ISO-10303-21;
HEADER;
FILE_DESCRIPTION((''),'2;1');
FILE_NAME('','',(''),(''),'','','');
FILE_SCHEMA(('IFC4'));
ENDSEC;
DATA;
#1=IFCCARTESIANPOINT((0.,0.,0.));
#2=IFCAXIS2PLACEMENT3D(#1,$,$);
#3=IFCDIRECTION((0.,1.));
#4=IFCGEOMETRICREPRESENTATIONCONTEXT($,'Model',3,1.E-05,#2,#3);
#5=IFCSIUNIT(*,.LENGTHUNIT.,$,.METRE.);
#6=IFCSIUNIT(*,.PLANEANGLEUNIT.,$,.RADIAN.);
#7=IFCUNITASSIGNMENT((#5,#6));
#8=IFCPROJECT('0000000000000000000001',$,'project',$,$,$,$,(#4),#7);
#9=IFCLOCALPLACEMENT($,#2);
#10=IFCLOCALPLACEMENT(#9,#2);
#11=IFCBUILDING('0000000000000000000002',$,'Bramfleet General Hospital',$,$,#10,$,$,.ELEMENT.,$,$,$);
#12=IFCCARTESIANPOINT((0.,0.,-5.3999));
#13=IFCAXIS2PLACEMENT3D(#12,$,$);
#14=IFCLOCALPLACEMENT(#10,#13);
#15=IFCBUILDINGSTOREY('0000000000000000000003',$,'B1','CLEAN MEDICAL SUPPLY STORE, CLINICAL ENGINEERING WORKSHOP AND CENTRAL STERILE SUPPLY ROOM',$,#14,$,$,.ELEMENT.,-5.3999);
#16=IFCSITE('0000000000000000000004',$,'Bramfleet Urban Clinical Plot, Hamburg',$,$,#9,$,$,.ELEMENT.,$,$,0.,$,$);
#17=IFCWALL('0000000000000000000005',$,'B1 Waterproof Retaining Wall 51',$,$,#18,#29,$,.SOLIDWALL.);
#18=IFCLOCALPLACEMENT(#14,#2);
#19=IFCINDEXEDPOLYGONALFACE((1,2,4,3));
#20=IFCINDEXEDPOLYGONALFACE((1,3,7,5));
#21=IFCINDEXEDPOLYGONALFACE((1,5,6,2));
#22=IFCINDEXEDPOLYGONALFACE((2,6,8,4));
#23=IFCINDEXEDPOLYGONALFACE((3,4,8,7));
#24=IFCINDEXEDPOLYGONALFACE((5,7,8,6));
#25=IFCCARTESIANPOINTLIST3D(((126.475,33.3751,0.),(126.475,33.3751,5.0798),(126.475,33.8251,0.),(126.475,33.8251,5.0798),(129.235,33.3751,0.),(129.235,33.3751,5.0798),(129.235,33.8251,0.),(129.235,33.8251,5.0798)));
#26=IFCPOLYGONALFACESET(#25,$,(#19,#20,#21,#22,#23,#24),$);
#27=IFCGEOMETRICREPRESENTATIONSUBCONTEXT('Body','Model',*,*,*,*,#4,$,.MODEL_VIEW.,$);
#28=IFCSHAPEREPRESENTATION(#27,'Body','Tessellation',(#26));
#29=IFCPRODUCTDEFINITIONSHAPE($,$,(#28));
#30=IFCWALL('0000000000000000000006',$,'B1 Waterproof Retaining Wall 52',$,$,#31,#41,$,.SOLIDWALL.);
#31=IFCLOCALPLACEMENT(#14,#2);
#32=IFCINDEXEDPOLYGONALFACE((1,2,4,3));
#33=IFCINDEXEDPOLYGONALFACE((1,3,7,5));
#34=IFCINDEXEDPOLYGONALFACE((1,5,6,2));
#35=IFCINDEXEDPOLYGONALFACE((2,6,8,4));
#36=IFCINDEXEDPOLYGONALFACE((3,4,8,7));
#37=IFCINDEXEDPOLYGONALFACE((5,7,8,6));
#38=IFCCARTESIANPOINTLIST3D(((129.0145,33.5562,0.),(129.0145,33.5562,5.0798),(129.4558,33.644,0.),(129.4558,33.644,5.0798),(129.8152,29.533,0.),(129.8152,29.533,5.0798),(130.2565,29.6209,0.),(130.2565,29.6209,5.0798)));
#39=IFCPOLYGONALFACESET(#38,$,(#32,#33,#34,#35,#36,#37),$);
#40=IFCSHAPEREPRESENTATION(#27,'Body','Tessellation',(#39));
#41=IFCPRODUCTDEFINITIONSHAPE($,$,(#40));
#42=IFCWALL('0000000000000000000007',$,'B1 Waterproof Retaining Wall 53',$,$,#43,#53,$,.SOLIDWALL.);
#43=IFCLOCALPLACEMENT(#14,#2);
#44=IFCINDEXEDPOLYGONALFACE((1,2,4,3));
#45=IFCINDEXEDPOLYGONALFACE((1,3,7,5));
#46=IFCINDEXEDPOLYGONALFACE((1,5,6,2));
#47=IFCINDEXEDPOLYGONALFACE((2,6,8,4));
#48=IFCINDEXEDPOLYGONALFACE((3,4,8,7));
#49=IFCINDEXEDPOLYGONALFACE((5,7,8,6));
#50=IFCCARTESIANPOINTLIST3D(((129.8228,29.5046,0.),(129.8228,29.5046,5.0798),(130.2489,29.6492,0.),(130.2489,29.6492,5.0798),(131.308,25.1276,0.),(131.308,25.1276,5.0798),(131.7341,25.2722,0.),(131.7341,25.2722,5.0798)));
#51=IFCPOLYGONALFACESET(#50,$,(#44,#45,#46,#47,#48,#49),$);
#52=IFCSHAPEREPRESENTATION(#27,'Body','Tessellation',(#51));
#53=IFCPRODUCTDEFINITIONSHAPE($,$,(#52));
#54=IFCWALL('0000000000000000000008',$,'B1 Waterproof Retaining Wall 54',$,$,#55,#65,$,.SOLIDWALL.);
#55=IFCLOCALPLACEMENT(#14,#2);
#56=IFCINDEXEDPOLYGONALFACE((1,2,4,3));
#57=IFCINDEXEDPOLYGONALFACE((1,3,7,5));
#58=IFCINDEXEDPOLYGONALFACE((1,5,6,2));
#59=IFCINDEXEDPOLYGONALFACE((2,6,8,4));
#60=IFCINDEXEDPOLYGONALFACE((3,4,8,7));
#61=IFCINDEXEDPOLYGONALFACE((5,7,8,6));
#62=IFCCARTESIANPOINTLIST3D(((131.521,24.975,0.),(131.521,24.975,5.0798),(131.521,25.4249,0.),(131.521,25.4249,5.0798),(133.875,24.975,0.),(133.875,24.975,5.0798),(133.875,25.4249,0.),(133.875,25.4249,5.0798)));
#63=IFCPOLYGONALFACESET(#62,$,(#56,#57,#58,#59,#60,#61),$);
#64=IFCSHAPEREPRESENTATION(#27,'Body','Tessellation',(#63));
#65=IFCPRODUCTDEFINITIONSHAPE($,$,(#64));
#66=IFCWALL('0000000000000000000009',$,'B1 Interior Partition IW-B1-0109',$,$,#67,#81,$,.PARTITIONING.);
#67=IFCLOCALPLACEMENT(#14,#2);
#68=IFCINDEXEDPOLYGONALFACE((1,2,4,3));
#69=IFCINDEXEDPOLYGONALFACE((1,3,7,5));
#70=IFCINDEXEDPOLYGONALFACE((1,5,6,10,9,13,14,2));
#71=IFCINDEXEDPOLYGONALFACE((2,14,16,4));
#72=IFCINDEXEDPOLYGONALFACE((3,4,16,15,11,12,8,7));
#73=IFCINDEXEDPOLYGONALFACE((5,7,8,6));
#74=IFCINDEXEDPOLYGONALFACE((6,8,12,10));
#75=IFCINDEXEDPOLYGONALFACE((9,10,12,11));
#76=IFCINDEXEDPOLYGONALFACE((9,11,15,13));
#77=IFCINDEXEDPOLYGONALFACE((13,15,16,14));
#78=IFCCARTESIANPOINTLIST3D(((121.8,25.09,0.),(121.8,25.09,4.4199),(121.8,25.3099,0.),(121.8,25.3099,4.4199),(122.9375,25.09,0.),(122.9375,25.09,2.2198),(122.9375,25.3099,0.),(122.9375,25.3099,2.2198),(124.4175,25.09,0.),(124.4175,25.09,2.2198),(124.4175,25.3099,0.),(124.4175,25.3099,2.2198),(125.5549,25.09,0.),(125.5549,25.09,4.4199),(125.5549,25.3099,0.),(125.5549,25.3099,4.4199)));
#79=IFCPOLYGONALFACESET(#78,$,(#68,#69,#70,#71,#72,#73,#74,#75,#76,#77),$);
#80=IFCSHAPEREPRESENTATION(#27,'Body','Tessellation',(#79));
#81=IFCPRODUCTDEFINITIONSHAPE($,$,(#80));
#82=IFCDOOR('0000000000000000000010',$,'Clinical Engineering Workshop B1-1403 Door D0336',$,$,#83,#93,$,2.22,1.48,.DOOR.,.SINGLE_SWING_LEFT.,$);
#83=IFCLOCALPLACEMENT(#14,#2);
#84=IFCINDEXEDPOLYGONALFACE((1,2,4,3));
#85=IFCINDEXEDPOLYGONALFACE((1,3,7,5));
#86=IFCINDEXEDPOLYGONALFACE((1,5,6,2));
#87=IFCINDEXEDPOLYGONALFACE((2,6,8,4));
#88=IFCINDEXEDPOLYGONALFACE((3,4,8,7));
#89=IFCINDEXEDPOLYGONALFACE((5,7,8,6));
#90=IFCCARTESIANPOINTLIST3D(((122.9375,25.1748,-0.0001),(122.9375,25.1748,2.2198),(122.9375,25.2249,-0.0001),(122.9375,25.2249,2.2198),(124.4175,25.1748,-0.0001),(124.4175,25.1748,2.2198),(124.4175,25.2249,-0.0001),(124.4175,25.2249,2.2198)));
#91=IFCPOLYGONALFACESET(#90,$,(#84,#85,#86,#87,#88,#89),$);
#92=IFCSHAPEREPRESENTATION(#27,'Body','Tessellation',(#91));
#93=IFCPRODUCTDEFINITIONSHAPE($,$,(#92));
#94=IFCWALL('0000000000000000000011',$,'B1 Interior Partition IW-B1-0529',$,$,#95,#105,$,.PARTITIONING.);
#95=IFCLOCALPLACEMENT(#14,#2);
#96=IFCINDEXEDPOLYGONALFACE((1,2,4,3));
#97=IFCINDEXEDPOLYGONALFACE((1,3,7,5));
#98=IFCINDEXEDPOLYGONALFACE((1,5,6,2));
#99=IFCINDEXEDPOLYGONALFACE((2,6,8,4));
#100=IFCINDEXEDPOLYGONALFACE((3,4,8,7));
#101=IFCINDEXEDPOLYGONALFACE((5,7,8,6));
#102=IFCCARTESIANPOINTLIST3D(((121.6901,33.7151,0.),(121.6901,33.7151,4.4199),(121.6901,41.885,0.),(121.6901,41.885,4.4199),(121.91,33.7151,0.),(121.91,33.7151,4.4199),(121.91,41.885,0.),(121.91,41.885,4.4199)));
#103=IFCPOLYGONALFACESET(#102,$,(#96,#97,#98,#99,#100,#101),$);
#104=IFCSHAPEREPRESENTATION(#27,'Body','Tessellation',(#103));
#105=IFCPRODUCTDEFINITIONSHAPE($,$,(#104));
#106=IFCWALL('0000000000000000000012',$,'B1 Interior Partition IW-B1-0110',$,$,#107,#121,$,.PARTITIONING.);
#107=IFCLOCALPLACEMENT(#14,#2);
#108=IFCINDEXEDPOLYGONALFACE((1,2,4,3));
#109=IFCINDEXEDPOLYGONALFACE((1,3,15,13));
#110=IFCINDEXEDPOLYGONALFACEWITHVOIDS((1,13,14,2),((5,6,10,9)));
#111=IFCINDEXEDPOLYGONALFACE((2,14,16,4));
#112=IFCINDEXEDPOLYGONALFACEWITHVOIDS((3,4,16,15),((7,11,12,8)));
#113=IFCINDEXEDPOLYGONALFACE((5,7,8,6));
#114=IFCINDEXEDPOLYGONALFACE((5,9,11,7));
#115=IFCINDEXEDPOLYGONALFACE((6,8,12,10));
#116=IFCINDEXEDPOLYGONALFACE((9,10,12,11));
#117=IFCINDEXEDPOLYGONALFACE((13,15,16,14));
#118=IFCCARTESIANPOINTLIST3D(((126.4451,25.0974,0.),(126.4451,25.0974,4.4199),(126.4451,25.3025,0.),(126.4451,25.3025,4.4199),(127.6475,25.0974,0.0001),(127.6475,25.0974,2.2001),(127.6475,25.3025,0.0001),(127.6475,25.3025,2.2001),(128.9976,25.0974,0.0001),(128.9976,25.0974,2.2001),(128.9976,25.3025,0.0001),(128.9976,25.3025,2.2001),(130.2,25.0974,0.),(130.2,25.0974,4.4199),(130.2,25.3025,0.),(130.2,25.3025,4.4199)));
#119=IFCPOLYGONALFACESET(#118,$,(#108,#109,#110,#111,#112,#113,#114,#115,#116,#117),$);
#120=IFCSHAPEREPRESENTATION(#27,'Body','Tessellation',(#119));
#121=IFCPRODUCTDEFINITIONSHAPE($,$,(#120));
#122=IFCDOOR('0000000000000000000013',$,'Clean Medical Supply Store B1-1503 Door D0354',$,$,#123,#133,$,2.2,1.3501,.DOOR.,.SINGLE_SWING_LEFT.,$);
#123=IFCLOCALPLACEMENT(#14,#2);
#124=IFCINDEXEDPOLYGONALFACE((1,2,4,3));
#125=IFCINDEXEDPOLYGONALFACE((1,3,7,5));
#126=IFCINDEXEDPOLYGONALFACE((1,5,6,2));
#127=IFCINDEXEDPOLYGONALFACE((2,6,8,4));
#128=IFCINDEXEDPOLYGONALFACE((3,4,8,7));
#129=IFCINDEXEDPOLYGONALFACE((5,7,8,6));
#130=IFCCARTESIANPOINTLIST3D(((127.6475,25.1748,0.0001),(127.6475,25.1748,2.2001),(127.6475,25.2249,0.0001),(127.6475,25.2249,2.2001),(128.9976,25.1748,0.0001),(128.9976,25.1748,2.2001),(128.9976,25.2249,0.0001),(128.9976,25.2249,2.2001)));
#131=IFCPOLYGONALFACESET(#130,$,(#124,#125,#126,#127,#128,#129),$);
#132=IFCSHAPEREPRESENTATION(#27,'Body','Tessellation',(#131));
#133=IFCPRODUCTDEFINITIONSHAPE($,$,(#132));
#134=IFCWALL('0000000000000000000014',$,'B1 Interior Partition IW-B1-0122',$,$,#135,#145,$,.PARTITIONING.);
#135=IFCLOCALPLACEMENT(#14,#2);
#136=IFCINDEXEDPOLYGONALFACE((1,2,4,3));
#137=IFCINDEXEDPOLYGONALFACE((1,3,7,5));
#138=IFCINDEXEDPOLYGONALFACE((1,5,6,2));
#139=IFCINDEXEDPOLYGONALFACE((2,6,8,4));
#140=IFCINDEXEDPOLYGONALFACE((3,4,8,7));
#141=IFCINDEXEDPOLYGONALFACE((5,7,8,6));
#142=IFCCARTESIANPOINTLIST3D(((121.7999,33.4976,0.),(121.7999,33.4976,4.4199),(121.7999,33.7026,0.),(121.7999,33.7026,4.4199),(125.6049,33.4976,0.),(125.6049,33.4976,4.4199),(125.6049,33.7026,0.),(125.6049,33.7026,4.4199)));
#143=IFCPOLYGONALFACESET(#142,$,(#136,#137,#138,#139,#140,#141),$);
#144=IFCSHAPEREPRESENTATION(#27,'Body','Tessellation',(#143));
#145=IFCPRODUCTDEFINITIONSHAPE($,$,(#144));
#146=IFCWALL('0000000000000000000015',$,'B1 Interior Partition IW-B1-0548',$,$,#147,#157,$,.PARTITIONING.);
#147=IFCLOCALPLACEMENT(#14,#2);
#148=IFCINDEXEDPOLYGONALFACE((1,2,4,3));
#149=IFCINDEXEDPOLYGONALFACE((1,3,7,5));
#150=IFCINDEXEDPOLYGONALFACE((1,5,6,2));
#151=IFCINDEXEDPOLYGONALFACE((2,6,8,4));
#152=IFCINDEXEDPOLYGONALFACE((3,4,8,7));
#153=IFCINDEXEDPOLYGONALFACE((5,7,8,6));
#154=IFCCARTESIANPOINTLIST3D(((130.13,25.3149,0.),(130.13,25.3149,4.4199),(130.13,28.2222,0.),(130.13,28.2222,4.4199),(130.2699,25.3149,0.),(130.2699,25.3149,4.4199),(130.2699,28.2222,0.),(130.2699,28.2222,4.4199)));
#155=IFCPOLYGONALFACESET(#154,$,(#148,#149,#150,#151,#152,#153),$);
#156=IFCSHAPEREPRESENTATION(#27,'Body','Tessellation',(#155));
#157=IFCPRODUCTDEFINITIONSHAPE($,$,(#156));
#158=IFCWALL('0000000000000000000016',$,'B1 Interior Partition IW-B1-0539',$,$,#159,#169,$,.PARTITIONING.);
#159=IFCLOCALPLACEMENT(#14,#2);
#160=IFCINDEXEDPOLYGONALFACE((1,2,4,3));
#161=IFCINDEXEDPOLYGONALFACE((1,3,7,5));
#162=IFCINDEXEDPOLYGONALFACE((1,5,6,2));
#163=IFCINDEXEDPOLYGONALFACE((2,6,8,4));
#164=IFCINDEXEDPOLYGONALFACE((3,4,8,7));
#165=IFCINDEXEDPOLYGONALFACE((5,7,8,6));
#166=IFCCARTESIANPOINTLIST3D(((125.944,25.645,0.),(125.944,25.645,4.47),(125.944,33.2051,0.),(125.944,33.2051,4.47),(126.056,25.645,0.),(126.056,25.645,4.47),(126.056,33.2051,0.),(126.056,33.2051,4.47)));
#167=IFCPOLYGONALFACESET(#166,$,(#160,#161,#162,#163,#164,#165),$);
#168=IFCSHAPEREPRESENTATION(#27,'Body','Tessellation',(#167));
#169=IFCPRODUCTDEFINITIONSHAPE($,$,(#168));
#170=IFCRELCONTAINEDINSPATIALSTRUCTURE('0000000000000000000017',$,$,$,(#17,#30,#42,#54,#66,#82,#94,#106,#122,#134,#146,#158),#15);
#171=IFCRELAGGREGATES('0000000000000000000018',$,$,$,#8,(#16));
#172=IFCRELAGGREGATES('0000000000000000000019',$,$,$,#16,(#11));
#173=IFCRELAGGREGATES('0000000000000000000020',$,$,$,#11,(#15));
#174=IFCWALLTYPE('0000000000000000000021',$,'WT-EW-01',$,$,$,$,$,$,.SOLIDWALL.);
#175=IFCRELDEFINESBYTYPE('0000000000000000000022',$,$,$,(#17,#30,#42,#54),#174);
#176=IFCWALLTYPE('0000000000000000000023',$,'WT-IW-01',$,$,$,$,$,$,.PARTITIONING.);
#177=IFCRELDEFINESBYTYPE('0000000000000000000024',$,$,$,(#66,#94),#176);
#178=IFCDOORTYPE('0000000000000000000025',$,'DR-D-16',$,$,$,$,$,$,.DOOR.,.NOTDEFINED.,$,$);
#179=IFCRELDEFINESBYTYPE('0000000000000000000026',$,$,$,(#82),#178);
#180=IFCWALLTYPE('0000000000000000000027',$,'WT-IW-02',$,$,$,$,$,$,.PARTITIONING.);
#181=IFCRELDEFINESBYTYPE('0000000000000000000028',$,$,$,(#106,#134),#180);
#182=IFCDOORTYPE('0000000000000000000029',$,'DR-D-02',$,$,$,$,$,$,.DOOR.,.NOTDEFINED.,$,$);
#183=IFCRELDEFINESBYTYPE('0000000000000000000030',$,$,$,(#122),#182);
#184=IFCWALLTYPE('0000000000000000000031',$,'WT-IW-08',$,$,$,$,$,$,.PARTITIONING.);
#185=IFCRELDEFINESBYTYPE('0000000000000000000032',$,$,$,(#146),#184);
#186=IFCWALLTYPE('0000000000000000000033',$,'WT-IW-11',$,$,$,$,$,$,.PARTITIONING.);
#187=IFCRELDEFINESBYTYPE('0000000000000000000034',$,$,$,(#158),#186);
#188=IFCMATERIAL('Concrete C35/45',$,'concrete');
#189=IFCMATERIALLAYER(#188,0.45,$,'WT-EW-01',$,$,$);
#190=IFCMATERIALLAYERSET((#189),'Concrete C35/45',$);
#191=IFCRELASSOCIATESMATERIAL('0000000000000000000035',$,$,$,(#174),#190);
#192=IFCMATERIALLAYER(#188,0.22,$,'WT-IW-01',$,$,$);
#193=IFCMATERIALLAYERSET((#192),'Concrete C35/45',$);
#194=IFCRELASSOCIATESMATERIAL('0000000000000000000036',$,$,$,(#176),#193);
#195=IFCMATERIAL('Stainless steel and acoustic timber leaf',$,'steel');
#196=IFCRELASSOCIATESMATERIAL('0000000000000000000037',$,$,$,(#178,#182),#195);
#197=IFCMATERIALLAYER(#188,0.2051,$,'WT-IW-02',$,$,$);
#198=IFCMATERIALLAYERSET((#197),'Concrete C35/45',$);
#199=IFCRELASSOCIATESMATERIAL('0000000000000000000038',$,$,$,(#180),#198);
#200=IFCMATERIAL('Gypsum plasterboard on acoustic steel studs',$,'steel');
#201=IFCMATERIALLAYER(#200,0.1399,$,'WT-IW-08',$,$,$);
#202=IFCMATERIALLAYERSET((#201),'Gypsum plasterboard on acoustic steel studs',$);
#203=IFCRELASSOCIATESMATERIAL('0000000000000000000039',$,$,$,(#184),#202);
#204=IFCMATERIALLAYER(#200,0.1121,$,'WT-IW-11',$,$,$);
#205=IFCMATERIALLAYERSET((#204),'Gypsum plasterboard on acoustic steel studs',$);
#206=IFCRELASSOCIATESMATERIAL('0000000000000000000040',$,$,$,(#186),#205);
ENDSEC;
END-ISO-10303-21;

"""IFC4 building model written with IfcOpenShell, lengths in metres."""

from ifc_helpers import new_model, si_unit, direction, frame, frame_2d, origin, place, context, subcontext, project, spatial, rectangle, extrude, material, layer, layer_set, type_object, element, fill, save


model = new_model("IFC4")

# Units and contexts
model_context = context("Model", 3, precision=1e-05, world=origin(), true_north=direction((0.0, 1.0)))
body_context = subcontext(model_context, "Body", "Model", "MODEL_VIEW")
ifc_project = project(units=[si_unit("LENGTHUNIT", "METRE"), si_unit("PLANEANGLEUNIT", "RADIAN")], contexts=[model_context])

# Site, building, storey
site_placement = place(None, origin())
site = spatial("IfcSite", under=ifc_project, at=site_placement, Name="Bramfleet Urban Clinical Plot, Hamburg", CompositionType="ELEMENT", RefElevation=0.0)
building_placement = place(site_placement, origin())
building = spatial("IfcBuilding", under=site, at=building_placement, Name="Bramfleet General Hospital", CompositionType="ELEMENT")
storey_placement = place(building_placement, frame((0.0, 0.0, -5.3999)))
storey = spatial("IfcBuildingStorey", under=building, at=storey_placement, Name="B1", Description="CLEAN MEDICAL SUPPLY STORE, CLINICAL ENGINEERING WORKSHOP AND CENTRAL STERILE SUPPLY ROOM", CompositionType="ELEMENT", Elevation=-5.3999)

# Shared definitions
ifc_material_1 = material(Name="Concrete C35/45", Category="concrete")

# Walls
ifc_layer_1 = layer(ifc_material_1, 0.45, Name="WT-EW-01")
ifc_layer_set_1 = layer_set([ifc_layer_1], Name="Concrete C35/45")
wall_type_1 = type_object("IfcWallType", Name="WT-EW-01", PredefinedType="SOLIDWALL", material=ifc_layer_set_1)
wall_1_placement = place(storey_placement, frame((126.4751, 33.6001, 0.0), z_axis=(0.0, 0.0, 1.0), x_axis=(1.0, 0.0, 0.0)))
element("IfcWall", 1, at=wall_1_placement, inside=storey, type_object=wall_type_1, Name="B1 Waterproof Retaining Wall 51", PredefinedType="SOLIDWALL", context=body_context, shape_type="SweptSolid", body=[
    extrude(rectangle(XDim=2.76, YDim=0.45, at=frame_2d((1.3799, 0.0))), origin(), (0.0, 0.0, 1.0), 5.0798),
])
wall_2_placement = place(storey_placement, frame((129.2351, 33.6001, 0.0), z_axis=(0.0, 0.0, 1.0), x_axis=(0.195212, -0.980761, 0.0)))
element("IfcWall", 2, at=wall_2_placement, inside=storey, type_object=wall_type_1, Name="B1 Waterproof Retaining Wall 52", PredefinedType="SOLIDWALL", context=body_context, shape_type="SweptSolid", body=[
    extrude(rectangle(XDim=4.1021, YDim=0.45, at=frame_2d((2.051, 0.0))), origin(), (0.0, 0.0, 1.0), 5.0798),
])
wall_3_placement = place(storey_placement, frame((130.0359, 29.5769, 0.0), z_axis=(0.0, 0.0, 1.0), x_axis=(0.32131, -0.946974, 0.0)))
element("IfcWall", 3, at=wall_3_placement, inside=storey, type_object=wall_type_1, Name="B1 Waterproof Retaining Wall 53", PredefinedType="SOLIDWALL", context=body_context, shape_type="SweptSolid", body=[
    extrude(rectangle(XDim=4.6221, YDim=0.45, at=frame_2d((2.311, 0.0))), origin(), (0.0, 0.0, 1.0), 5.0798),
])
wall_4_placement = place(storey_placement, frame((131.521, 25.2, 0.0), z_axis=(0.0, 0.0, 1.0), x_axis=(1.0, 0.0, 0.0)))
element("IfcWall", 4, at=wall_4_placement, inside=storey, type_object=wall_type_1, Name="B1 Waterproof Retaining Wall 54", PredefinedType="SOLIDWALL", context=body_context, shape_type="SweptSolid", body=[
    extrude(rectangle(XDim=2.354, YDim=0.45, at=frame_2d((1.177, 0.0))), origin(), (0.0, 0.0, 1.0), 5.0798),
])

# Wall, opening, door
ifc_layer_2 = layer(ifc_material_1, 0.22, Name="WT-IW-01")
ifc_layer_set_2 = layer_set([ifc_layer_2], Name="Concrete C35/45")
wall_type_2 = type_object("IfcWallType", Name="WT-IW-01", PredefinedType="PARTITIONING", material=ifc_layer_set_2)
wall_5_placement = place(storey_placement, frame((121.8, 25.2, 0.0), z_axis=(0.0, 0.0, 1.0), x_axis=(1.0, 0.0, 0.0)))
wall_5 = element("IfcWall", 5, at=wall_5_placement, inside=storey, type_object=wall_type_2, Name="B1 Interior Partition IW-B1-0109", PredefinedType="PARTITIONING", context=body_context, shape_type="SweptSolid", body=[
    extrude(rectangle(XDim=3.7549, YDim=0.22, at=frame_2d((1.8774, 0.0))), origin(), (0.0, 0.0, 1.0), 4.4199),
])
opening_1_placement = place(wall_5_placement, frame((1.1375, 0.0, 0.0)))
opening_1 = element("IfcOpeningElement", 6, at=opening_1_placement, cuts=wall_5, PredefinedType="OPENING", context=body_context, shape_type="SweptSolid", body=[
    extrude(rectangle(XDim=1.48, YDim=2.22, at=frame_2d((0.74, 1.1099))), frame((0.0, 0.1199, 0.0), z_axis=(0.0, -1.0, 0.0), x_axis=(1.0, 0.0, 0.0)), (0.0, 0.0, 1.0), 0.24),
])
ifc_material_2 = material(Name="Stainless steel and acoustic timber leaf", Category="steel")
door_type_1 = type_object("IfcDoorType", Name="DR-D-16", OperationType="NOTDEFINED", PredefinedType="DOOR", material=ifc_material_2)
door_1_placement = place(opening_1_placement, origin())
door_1 = element("IfcDoor", 7, at=door_1_placement, inside=storey, type_object=door_type_1, Name="Clinical Engineering Workshop B1-1403 Door D0336", OperationType="SINGLE_SWING_LEFT", OverallHeight=2.22, OverallWidth=1.48, PredefinedType="DOOR", context=body_context, shape_type="SweptSolid", body=[
    extrude(rectangle(XDim=1.48, YDim=2.22, at=frame_2d((0.74, 1.1099))), frame((0.0, 0.0249, 0.0), z_axis=(0.0, -1.0, 0.0), x_axis=(1.0, 0.0, 0.0)), (0.0, 0.0, 1.0), 0.05),
])
fill(opening_1, door_1)

# Wall
wall_6_placement = place(storey_placement, frame((121.8, 33.7151, 0.0), z_axis=(0.0, 0.0, 1.0), x_axis=(0.0, 1.0, 0.0)))
element("IfcWall", 8, at=wall_6_placement, inside=storey, type_object=wall_type_2, Name="B1 Interior Partition IW-B1-0529", PredefinedType="PARTITIONING", context=body_context, shape_type="SweptSolid", body=[
    extrude(rectangle(XDim=8.1699, YDim=0.22, at=frame_2d((4.085, 0.0))), origin(), (0.0, 0.0, 1.0), 4.4199),
])

# Wall, opening, door
ifc_layer_3 = layer(ifc_material_1, 0.2051, Name="WT-IW-02")
ifc_layer_set_3 = layer_set([ifc_layer_3], Name="Concrete C35/45")
wall_type_3 = type_object("IfcWallType", Name="WT-IW-02", PredefinedType="PARTITIONING", material=ifc_layer_set_3)
wall_7_placement = place(storey_placement, frame((126.4451, 25.2, 0.0), z_axis=(0.0, 0.0, 1.0), x_axis=(1.0, 0.0, 0.0)))
wall_7 = element("IfcWall", 9, at=wall_7_placement, inside=storey, type_object=wall_type_3, Name="B1 Interior Partition IW-B1-0110", PredefinedType="PARTITIONING", context=body_context, shape_type="SweptSolid", body=[
    extrude(rectangle(XDim=3.7549, YDim=0.2051, at=frame_2d((1.8774, 0.0))), origin(), (0.0, 0.0, 1.0), 4.4199),
])
opening_2_placement = place(wall_7_placement, frame((1.2024, 0.0, 0.0)))
opening_2 = element("IfcOpeningElement", 10, at=opening_2_placement, cuts=wall_7, PredefinedType="OPENING", context=body_context, shape_type="SweptSolid", body=[
    extrude(rectangle(XDim=1.3501, YDim=2.2, at=frame_2d((0.675, 1.1001))), frame((0.0, 0.1125, 0.0), z_axis=(0.0, -1.0, 0.0), x_axis=(1.0, 0.0, 0.0)), (0.0, 0.0, 1.0), 0.2251),
])
door_type_2 = type_object("IfcDoorType", Name="DR-D-02", OperationType="NOTDEFINED", PredefinedType="DOOR", material=ifc_material_2)
door_2_placement = place(opening_2_placement, origin())
door_2 = element("IfcDoor", 11, at=door_2_placement, inside=storey, type_object=door_type_2, Name="Clean Medical Supply Store B1-1503 Door D0354", OperationType="SINGLE_SWING_LEFT", OverallHeight=2.2, OverallWidth=1.3501, PredefinedType="DOOR", context=body_context, shape_type="SweptSolid", body=[
    extrude(rectangle(XDim=1.3501, YDim=2.2, at=frame_2d((0.675, 1.1001))), frame((0.0, 0.0249, 0.0), z_axis=(0.0, -1.0, 0.0), x_axis=(1.0, 0.0, 0.0)), (0.0, 0.0, 1.0), 0.05),
])
fill(opening_2, door_2)

# Walls
wall_8_placement = place(storey_placement, frame((121.8, 33.6001, 0.0), z_axis=(0.0, 0.0, 1.0), x_axis=(1.0, 0.0, 0.0)))
element("IfcWall", 12, at=wall_8_placement, inside=storey, type_object=wall_type_3, Name="B1 Interior Partition IW-B1-0122", PredefinedType="PARTITIONING", context=body_context, shape_type="SweptSolid", body=[
    extrude(rectangle(XDim=3.8049, YDim=0.2051, at=frame_2d((1.9023, 0.0))), origin(), (0.0, 0.0, 1.0), 4.4199),
])
ifc_material_3 = material(Name="Gypsum plasterboard on acoustic steel studs", Category="steel")
ifc_layer_4 = layer(ifc_material_3, 0.1399, Name="WT-IW-08")
ifc_layer_set_4 = layer_set([ifc_layer_4], Name="Gypsum plasterboard on acoustic steel studs")
wall_type_4 = type_object("IfcWallType", Name="WT-IW-08", PredefinedType="PARTITIONING", material=ifc_layer_set_4)
wall_9_placement = place(storey_placement, frame((130.2, 25.3149, 0.0), z_axis=(0.0, 0.0, 1.0), x_axis=(0.0, 1.0, 0.0)))
element("IfcWall", 13, at=wall_9_placement, inside=storey, type_object=wall_type_4, Name="B1 Interior Partition IW-B1-0548", PredefinedType="PARTITIONING", context=body_context, shape_type="SweptSolid", body=[
    extrude(rectangle(XDim=2.9072, YDim=0.1399, at=frame_2d((1.4536, 0.0))), origin(), (0.0, 0.0, 1.0), 4.4199),
])
ifc_layer_5 = layer(ifc_material_3, 0.1121, Name="WT-IW-11")
ifc_layer_set_5 = layer_set([ifc_layer_5], Name="Gypsum plasterboard on acoustic steel studs")
wall_type_5 = type_object("IfcWallType", Name="WT-IW-11", PredefinedType="PARTITIONING", material=ifc_layer_set_5)
wall_10_placement = place(storey_placement, frame((126.0, 25.645, 0.0), z_axis=(0.0, 0.0, 1.0), x_axis=(0.0, 1.0, 0.0)))
element("IfcWall", 14, at=wall_10_placement, inside=storey, type_object=wall_type_5, Name="B1 Interior Partition IW-B1-0539", PredefinedType="PARTITIONING", context=body_context, shape_type="SweptSolid", body=[
    extrude(rectangle(XDim=7.5601, YDim=0.1121, at=frame_2d((3.78, 0.0))), origin(), (0.0, 0.0, 1.0), 4.47),
])

save(model, "model.ifc")
